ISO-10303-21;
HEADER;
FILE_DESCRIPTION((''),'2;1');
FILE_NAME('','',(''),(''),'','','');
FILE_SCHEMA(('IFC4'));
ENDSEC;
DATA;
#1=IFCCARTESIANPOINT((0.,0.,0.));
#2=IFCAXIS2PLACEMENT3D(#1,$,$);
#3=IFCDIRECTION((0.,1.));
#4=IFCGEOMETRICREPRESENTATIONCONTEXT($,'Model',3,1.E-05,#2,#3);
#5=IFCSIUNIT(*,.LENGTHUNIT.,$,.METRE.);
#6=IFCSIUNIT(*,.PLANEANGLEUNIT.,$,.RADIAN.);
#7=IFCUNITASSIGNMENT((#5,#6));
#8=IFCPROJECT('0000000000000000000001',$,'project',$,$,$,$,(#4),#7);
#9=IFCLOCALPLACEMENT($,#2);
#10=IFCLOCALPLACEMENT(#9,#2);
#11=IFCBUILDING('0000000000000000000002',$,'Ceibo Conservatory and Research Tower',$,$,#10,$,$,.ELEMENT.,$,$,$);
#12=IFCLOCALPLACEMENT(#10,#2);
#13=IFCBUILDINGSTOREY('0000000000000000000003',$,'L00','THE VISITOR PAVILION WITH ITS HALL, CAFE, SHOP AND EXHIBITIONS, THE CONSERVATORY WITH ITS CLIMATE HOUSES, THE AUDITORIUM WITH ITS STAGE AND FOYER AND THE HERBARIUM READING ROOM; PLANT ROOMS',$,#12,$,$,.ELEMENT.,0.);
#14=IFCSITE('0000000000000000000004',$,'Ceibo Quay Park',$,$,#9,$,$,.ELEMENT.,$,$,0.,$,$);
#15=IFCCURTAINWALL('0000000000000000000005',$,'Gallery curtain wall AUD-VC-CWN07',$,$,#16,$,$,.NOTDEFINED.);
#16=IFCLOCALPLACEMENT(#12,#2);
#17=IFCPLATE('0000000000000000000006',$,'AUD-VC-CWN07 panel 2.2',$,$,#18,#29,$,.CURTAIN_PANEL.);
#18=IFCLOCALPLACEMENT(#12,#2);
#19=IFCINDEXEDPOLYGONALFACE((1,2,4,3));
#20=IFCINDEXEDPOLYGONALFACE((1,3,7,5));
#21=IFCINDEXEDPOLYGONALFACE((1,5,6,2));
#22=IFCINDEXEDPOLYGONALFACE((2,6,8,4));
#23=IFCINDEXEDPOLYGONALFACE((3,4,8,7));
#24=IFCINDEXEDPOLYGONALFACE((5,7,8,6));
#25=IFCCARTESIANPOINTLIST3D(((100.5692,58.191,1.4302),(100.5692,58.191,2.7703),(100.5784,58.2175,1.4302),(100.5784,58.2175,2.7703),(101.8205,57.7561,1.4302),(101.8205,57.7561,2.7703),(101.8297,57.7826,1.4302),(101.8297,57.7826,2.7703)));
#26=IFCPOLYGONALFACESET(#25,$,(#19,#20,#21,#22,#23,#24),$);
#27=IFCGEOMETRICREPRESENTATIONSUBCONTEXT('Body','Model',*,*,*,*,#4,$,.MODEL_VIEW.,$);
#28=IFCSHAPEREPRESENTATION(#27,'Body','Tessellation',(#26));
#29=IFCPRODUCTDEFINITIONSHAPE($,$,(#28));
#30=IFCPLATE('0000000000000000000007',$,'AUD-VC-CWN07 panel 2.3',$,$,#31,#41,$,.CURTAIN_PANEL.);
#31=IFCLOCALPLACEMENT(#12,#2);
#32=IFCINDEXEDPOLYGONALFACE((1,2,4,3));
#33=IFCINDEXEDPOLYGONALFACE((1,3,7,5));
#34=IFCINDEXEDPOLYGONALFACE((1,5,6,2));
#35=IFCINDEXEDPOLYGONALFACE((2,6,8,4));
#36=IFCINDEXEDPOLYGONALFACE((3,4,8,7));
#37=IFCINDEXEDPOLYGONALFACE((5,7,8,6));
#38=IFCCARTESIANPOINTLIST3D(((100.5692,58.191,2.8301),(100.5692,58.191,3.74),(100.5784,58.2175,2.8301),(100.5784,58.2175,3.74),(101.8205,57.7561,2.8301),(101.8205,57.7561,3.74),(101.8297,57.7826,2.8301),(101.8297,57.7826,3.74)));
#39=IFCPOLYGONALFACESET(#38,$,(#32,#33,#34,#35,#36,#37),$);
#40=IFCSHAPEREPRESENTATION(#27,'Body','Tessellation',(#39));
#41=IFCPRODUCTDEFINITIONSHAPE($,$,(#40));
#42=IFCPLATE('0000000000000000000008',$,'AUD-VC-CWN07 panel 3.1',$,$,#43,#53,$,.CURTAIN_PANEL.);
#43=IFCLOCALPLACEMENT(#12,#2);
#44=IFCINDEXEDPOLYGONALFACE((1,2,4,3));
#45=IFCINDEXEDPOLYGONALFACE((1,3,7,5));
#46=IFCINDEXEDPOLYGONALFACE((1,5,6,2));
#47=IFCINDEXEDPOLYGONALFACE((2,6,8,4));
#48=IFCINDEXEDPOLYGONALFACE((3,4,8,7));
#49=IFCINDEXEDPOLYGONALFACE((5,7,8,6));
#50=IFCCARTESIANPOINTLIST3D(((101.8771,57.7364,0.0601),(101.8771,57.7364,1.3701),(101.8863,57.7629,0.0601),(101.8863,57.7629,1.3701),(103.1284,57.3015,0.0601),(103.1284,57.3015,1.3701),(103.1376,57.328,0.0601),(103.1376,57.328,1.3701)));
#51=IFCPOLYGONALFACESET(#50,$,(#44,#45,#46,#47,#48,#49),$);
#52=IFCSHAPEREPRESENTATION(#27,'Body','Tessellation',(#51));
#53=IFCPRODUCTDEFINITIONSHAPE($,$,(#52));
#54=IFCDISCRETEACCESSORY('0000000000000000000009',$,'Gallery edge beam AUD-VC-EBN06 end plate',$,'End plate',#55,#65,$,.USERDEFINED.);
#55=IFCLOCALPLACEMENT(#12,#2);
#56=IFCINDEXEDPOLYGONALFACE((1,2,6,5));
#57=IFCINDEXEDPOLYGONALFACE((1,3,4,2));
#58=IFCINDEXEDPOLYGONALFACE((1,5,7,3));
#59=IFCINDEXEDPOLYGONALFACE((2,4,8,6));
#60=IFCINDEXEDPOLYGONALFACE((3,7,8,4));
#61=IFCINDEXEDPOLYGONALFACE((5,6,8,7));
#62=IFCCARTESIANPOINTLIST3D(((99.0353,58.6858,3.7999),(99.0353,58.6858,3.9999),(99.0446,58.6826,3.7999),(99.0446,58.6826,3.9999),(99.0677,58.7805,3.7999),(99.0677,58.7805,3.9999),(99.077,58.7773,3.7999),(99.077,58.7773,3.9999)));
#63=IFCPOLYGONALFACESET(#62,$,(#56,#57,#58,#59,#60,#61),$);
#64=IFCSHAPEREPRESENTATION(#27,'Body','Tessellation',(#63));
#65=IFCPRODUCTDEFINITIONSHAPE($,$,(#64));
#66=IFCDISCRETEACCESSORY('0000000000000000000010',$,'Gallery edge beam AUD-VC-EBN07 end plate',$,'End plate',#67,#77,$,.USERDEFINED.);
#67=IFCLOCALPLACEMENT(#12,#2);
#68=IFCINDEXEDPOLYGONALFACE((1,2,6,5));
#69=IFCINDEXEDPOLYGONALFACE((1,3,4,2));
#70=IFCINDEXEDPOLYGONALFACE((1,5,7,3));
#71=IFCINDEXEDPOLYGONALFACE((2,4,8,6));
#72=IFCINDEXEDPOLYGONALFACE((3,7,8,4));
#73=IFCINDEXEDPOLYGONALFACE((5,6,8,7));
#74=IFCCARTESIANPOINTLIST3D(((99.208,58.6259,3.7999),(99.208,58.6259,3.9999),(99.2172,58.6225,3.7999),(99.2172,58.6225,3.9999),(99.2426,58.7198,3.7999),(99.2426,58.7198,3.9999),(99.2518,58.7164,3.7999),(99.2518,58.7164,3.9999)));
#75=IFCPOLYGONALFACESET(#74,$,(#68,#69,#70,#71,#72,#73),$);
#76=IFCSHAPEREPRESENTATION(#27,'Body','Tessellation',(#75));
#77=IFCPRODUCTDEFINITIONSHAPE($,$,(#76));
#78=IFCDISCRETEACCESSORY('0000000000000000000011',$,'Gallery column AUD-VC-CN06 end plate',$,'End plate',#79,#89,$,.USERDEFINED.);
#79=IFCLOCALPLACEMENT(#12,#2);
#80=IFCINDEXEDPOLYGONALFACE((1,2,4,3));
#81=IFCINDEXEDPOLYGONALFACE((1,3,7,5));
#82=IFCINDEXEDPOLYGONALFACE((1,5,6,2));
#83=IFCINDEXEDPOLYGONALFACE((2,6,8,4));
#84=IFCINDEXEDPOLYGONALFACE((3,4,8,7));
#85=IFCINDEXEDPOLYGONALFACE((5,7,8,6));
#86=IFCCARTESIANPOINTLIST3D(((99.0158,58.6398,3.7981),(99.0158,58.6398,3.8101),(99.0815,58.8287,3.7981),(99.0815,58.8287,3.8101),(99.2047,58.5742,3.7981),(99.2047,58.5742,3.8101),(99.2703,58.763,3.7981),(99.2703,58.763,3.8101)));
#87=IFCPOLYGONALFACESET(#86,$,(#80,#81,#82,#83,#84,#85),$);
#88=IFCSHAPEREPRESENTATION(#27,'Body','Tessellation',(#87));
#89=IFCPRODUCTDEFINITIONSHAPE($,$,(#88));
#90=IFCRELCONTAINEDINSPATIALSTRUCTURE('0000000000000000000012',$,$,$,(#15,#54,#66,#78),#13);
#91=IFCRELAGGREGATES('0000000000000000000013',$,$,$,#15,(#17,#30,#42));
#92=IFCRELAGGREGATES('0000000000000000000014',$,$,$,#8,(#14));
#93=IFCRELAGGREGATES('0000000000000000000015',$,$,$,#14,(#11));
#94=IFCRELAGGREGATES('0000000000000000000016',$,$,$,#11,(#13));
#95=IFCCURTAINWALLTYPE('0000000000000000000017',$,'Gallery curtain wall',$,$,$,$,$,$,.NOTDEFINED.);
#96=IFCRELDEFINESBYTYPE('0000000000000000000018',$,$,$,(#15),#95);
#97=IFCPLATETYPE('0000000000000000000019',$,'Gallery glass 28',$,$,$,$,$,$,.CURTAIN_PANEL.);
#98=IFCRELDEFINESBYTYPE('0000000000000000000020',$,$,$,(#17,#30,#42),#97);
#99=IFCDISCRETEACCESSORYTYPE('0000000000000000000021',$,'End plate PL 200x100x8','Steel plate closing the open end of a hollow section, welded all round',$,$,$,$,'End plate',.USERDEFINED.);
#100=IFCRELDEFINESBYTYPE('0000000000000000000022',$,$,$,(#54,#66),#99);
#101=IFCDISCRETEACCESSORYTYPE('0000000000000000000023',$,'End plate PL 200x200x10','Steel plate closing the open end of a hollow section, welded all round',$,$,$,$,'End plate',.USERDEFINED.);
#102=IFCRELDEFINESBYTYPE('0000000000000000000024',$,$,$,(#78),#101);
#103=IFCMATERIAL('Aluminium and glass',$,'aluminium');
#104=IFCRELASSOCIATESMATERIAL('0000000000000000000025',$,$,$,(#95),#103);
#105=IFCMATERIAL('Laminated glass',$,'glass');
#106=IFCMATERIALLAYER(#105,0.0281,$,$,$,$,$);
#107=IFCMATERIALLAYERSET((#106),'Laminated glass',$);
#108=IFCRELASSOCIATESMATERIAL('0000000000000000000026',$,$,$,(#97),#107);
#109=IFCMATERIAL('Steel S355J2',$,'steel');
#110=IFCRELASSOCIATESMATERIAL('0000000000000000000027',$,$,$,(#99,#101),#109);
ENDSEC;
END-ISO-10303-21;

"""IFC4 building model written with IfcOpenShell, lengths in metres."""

from ifc_helpers import new_model, si_unit, direction, frame, origin, origin_2d, place, context, subcontext, project, spatial, rectangle, extrude, material, layer, layer_set, material_profile, profile_set, type_object, element, aggregate, save


model = new_model("IFC4")

# Units and contexts
model_context = context("Model", 3, precision=1e-05, world=origin(), true_north=direction((0.0, 1.0)))
body_context = subcontext(model_context, "Body", "Model", "MODEL_VIEW")
ifc_project = project(units=[si_unit("LENGTHUNIT", "METRE"), si_unit("PLANEANGLEUNIT", "RADIAN")], contexts=[model_context])

# Site, building, storey
site_placement = place(None, origin())
site = spatial("IfcSite", under=ifc_project, at=site_placement, Name="Ceibo Quay Park", CompositionType="ELEMENT", RefElevation=0.0)
building_placement = place(site_placement, origin())
building = spatial("IfcBuilding", under=site, at=building_placement, Name="Ceibo Conservatory and Research Tower", CompositionType="ELEMENT")
storey_placement = place(building_placement, origin())
storey = spatial("IfcBuildingStorey", under=building, at=storey_placement, Name="L00", Description="THE VISITOR PAVILION WITH ITS HALL, CAFE, SHOP AND EXHIBITIONS, THE CONSERVATORY WITH ITS CLIMATE HOUSES, THE AUDITORIUM WITH ITS STAGE AND FOYER AND THE HERBARIUM READING ROOM; PLANT ROOMS", CompositionType="ELEMENT", Elevation=0.0)

# Shared definitions
ifc_material_1 = material(Name="Aluminium and glass", Category="aluminium")
curtain_wall_type = type_object("IfcCurtainWallType", Name="Gallery curtain wall", PredefinedType="NOTDEFINED", material=ifc_material_1)

# Curtain wall
curtain_wall_1_placement = place(storey_placement, origin())
curtain_wall_1 = element("IfcCurtainWall", 1, at=curtain_wall_1_placement, inside=storey, type_object=curtain_wall_type, Name="Gallery curtain wall AUD-VC-CWN07", PredefinedType="NOTDEFINED")

# Shared definitions
ifc_material_2 = material(Name="Steel S355J2", Category="steel")

# Plates
ifc_material_3 = material(Name="Laminated glass", Category="glass")
ifc_layer = layer(ifc_material_3, 0.0281)
ifc_layer_set = layer_set([ifc_layer], Name="Laminated glass")
plate_type = type_object("IfcPlateType", Name="Gallery glass 28", PredefinedType="CURTAIN_PANEL", material=ifc_layer_set)
plate_1_placement = place(storey_placement, frame((101.1995, 57.9868, 1.4302), z_axis=(0.0, 0.0, 1.0), x_axis=(0.944579, -0.328284, 0.0)))
plate_1 = element("IfcPlate", 2, at=plate_1_placement, type_object=plate_type, Name="AUD-VC-CWN07 panel 2.2", PredefinedType="CURTAIN_PANEL", context=body_context, shape_type="SweptSolid", body=[
    extrude(rectangle(XDim=1.3247, YDim=0.0281, at=origin_2d()), origin(), (0.0, 0.0, 1.0), 1.3401),
])
plate_2_placement = place(storey_placement, frame((101.1995, 57.9868, 2.8301), z_axis=(0.0, 0.0, 1.0), x_axis=(0.944579, -0.328284, 0.0)))
plate_2 = element("IfcPlate", 3, at=plate_2_placement, type_object=plate_type, Name="AUD-VC-CWN07 panel 2.3", PredefinedType="CURTAIN_PANEL", context=body_context, shape_type="SweptSolid", body=[
    extrude(rectangle(XDim=1.3247, YDim=0.0281, at=origin_2d()), origin(), (0.0, 0.0, 1.0), 0.9099),
])
plate_3_placement = place(storey_placement, frame((102.5073, 57.5322, 0.0601), z_axis=(0.0, 0.0, 1.0), x_axis=(0.944579, -0.328284, 0.0)))
plate_3 = element("IfcPlate", 4, at=plate_3_placement, type_object=plate_type, Name="AUD-VC-CWN07 panel 3.1", PredefinedType="CURTAIN_PANEL", context=body_context, shape_type="SweptSolid", body=[
    extrude(rectangle(XDim=1.3247, YDim=0.0281, at=origin_2d()), origin(), (0.0, 0.0, 1.0), 1.3101),
])
aggregate(curtain_wall_1, [plate_1, plate_2, plate_3])

# Discrete accessories
ifc_material_profile_1 = material_profile(ifc_material_2, rectangle(XDim=0.1001, YDim=0.2, at=origin_2d()), Name="End plate PL 200x100x8")
ifc_profile_set_1 = profile_set([ifc_material_profile_1], Name="Steel S355J2")
discrete_accessory_type_1 = type_object("IfcDiscreteAccessoryType", Name="End plate PL 200x100x8", Description="Steel plate closing the open end of a hollow section, welded all round", ElementType="End plate", PredefinedType="USERDEFINED", material=ifc_profile_set_1)
for number, where, z_axis, x_axis, name in (
    (5, (99.0515, 58.7332, 3.8999), (0.946164, -0.323688, 0.0), (0.323688, 0.946164, 0.0), "Gallery edge beam AUD-VC-EBN06 end plate"),
    (6, (99.2253, 58.6729, 3.8999), (0.938343, -0.345705, 0.0), (0.345705, 0.938343, 0.0), "Gallery edge beam AUD-VC-EBN07 end plate"),
):
    element("IfcDiscreteAccessory", number, at=place(storey_placement, frame(where, z_axis=z_axis, x_axis=x_axis)), inside=storey, type_object=discrete_accessory_type_1, Name=name, ObjectType="End plate", PredefinedType="USERDEFINED", context=body_context, shape_type="SweptSolid", body=[
        extrude(rectangle(XDim=0.1001, YDim=0.2, at=origin_2d()), origin(), (0.0, 0.0, 1.0), 0.0098),
    ])
ifc_material_profile_2 = material_profile(ifc_material_2, rectangle(XDim=0.2, YDim=0.2, at=origin_2d()), Name="End plate PL 200x200x10")
ifc_profile_set_2 = profile_set([ifc_material_profile_2], Name="Steel S355J2")
discrete_accessory_type_2 = type_object("IfcDiscreteAccessoryType", Name="End plate PL 200x200x10", Description="Steel plate closing the open end of a hollow section, welded all round", ElementType="End plate", PredefinedType="USERDEFINED", material=ifc_profile_set_2)
discrete_accessory_placement = place(storey_placement, frame((99.1431, 58.7014, 3.7981), z_axis=(0.0, 0.0, 1.0), x_axis=(0.944579, -0.328284, 0.0)))
element("IfcDiscreteAccessory", 7, at=discrete_accessory_placement, inside=storey, type_object=discrete_accessory_type_2, Name="Gallery column AUD-VC-CN06 end plate", ObjectType="End plate", PredefinedType="USERDEFINED", context=body_context, shape_type="SweptSolid", body=[
    extrude(rectangle(XDim=0.2, YDim=0.2, at=origin_2d()), origin(), (0.0, 0.0, 1.0), 0.012),
])

save(model, "model.ifc")
